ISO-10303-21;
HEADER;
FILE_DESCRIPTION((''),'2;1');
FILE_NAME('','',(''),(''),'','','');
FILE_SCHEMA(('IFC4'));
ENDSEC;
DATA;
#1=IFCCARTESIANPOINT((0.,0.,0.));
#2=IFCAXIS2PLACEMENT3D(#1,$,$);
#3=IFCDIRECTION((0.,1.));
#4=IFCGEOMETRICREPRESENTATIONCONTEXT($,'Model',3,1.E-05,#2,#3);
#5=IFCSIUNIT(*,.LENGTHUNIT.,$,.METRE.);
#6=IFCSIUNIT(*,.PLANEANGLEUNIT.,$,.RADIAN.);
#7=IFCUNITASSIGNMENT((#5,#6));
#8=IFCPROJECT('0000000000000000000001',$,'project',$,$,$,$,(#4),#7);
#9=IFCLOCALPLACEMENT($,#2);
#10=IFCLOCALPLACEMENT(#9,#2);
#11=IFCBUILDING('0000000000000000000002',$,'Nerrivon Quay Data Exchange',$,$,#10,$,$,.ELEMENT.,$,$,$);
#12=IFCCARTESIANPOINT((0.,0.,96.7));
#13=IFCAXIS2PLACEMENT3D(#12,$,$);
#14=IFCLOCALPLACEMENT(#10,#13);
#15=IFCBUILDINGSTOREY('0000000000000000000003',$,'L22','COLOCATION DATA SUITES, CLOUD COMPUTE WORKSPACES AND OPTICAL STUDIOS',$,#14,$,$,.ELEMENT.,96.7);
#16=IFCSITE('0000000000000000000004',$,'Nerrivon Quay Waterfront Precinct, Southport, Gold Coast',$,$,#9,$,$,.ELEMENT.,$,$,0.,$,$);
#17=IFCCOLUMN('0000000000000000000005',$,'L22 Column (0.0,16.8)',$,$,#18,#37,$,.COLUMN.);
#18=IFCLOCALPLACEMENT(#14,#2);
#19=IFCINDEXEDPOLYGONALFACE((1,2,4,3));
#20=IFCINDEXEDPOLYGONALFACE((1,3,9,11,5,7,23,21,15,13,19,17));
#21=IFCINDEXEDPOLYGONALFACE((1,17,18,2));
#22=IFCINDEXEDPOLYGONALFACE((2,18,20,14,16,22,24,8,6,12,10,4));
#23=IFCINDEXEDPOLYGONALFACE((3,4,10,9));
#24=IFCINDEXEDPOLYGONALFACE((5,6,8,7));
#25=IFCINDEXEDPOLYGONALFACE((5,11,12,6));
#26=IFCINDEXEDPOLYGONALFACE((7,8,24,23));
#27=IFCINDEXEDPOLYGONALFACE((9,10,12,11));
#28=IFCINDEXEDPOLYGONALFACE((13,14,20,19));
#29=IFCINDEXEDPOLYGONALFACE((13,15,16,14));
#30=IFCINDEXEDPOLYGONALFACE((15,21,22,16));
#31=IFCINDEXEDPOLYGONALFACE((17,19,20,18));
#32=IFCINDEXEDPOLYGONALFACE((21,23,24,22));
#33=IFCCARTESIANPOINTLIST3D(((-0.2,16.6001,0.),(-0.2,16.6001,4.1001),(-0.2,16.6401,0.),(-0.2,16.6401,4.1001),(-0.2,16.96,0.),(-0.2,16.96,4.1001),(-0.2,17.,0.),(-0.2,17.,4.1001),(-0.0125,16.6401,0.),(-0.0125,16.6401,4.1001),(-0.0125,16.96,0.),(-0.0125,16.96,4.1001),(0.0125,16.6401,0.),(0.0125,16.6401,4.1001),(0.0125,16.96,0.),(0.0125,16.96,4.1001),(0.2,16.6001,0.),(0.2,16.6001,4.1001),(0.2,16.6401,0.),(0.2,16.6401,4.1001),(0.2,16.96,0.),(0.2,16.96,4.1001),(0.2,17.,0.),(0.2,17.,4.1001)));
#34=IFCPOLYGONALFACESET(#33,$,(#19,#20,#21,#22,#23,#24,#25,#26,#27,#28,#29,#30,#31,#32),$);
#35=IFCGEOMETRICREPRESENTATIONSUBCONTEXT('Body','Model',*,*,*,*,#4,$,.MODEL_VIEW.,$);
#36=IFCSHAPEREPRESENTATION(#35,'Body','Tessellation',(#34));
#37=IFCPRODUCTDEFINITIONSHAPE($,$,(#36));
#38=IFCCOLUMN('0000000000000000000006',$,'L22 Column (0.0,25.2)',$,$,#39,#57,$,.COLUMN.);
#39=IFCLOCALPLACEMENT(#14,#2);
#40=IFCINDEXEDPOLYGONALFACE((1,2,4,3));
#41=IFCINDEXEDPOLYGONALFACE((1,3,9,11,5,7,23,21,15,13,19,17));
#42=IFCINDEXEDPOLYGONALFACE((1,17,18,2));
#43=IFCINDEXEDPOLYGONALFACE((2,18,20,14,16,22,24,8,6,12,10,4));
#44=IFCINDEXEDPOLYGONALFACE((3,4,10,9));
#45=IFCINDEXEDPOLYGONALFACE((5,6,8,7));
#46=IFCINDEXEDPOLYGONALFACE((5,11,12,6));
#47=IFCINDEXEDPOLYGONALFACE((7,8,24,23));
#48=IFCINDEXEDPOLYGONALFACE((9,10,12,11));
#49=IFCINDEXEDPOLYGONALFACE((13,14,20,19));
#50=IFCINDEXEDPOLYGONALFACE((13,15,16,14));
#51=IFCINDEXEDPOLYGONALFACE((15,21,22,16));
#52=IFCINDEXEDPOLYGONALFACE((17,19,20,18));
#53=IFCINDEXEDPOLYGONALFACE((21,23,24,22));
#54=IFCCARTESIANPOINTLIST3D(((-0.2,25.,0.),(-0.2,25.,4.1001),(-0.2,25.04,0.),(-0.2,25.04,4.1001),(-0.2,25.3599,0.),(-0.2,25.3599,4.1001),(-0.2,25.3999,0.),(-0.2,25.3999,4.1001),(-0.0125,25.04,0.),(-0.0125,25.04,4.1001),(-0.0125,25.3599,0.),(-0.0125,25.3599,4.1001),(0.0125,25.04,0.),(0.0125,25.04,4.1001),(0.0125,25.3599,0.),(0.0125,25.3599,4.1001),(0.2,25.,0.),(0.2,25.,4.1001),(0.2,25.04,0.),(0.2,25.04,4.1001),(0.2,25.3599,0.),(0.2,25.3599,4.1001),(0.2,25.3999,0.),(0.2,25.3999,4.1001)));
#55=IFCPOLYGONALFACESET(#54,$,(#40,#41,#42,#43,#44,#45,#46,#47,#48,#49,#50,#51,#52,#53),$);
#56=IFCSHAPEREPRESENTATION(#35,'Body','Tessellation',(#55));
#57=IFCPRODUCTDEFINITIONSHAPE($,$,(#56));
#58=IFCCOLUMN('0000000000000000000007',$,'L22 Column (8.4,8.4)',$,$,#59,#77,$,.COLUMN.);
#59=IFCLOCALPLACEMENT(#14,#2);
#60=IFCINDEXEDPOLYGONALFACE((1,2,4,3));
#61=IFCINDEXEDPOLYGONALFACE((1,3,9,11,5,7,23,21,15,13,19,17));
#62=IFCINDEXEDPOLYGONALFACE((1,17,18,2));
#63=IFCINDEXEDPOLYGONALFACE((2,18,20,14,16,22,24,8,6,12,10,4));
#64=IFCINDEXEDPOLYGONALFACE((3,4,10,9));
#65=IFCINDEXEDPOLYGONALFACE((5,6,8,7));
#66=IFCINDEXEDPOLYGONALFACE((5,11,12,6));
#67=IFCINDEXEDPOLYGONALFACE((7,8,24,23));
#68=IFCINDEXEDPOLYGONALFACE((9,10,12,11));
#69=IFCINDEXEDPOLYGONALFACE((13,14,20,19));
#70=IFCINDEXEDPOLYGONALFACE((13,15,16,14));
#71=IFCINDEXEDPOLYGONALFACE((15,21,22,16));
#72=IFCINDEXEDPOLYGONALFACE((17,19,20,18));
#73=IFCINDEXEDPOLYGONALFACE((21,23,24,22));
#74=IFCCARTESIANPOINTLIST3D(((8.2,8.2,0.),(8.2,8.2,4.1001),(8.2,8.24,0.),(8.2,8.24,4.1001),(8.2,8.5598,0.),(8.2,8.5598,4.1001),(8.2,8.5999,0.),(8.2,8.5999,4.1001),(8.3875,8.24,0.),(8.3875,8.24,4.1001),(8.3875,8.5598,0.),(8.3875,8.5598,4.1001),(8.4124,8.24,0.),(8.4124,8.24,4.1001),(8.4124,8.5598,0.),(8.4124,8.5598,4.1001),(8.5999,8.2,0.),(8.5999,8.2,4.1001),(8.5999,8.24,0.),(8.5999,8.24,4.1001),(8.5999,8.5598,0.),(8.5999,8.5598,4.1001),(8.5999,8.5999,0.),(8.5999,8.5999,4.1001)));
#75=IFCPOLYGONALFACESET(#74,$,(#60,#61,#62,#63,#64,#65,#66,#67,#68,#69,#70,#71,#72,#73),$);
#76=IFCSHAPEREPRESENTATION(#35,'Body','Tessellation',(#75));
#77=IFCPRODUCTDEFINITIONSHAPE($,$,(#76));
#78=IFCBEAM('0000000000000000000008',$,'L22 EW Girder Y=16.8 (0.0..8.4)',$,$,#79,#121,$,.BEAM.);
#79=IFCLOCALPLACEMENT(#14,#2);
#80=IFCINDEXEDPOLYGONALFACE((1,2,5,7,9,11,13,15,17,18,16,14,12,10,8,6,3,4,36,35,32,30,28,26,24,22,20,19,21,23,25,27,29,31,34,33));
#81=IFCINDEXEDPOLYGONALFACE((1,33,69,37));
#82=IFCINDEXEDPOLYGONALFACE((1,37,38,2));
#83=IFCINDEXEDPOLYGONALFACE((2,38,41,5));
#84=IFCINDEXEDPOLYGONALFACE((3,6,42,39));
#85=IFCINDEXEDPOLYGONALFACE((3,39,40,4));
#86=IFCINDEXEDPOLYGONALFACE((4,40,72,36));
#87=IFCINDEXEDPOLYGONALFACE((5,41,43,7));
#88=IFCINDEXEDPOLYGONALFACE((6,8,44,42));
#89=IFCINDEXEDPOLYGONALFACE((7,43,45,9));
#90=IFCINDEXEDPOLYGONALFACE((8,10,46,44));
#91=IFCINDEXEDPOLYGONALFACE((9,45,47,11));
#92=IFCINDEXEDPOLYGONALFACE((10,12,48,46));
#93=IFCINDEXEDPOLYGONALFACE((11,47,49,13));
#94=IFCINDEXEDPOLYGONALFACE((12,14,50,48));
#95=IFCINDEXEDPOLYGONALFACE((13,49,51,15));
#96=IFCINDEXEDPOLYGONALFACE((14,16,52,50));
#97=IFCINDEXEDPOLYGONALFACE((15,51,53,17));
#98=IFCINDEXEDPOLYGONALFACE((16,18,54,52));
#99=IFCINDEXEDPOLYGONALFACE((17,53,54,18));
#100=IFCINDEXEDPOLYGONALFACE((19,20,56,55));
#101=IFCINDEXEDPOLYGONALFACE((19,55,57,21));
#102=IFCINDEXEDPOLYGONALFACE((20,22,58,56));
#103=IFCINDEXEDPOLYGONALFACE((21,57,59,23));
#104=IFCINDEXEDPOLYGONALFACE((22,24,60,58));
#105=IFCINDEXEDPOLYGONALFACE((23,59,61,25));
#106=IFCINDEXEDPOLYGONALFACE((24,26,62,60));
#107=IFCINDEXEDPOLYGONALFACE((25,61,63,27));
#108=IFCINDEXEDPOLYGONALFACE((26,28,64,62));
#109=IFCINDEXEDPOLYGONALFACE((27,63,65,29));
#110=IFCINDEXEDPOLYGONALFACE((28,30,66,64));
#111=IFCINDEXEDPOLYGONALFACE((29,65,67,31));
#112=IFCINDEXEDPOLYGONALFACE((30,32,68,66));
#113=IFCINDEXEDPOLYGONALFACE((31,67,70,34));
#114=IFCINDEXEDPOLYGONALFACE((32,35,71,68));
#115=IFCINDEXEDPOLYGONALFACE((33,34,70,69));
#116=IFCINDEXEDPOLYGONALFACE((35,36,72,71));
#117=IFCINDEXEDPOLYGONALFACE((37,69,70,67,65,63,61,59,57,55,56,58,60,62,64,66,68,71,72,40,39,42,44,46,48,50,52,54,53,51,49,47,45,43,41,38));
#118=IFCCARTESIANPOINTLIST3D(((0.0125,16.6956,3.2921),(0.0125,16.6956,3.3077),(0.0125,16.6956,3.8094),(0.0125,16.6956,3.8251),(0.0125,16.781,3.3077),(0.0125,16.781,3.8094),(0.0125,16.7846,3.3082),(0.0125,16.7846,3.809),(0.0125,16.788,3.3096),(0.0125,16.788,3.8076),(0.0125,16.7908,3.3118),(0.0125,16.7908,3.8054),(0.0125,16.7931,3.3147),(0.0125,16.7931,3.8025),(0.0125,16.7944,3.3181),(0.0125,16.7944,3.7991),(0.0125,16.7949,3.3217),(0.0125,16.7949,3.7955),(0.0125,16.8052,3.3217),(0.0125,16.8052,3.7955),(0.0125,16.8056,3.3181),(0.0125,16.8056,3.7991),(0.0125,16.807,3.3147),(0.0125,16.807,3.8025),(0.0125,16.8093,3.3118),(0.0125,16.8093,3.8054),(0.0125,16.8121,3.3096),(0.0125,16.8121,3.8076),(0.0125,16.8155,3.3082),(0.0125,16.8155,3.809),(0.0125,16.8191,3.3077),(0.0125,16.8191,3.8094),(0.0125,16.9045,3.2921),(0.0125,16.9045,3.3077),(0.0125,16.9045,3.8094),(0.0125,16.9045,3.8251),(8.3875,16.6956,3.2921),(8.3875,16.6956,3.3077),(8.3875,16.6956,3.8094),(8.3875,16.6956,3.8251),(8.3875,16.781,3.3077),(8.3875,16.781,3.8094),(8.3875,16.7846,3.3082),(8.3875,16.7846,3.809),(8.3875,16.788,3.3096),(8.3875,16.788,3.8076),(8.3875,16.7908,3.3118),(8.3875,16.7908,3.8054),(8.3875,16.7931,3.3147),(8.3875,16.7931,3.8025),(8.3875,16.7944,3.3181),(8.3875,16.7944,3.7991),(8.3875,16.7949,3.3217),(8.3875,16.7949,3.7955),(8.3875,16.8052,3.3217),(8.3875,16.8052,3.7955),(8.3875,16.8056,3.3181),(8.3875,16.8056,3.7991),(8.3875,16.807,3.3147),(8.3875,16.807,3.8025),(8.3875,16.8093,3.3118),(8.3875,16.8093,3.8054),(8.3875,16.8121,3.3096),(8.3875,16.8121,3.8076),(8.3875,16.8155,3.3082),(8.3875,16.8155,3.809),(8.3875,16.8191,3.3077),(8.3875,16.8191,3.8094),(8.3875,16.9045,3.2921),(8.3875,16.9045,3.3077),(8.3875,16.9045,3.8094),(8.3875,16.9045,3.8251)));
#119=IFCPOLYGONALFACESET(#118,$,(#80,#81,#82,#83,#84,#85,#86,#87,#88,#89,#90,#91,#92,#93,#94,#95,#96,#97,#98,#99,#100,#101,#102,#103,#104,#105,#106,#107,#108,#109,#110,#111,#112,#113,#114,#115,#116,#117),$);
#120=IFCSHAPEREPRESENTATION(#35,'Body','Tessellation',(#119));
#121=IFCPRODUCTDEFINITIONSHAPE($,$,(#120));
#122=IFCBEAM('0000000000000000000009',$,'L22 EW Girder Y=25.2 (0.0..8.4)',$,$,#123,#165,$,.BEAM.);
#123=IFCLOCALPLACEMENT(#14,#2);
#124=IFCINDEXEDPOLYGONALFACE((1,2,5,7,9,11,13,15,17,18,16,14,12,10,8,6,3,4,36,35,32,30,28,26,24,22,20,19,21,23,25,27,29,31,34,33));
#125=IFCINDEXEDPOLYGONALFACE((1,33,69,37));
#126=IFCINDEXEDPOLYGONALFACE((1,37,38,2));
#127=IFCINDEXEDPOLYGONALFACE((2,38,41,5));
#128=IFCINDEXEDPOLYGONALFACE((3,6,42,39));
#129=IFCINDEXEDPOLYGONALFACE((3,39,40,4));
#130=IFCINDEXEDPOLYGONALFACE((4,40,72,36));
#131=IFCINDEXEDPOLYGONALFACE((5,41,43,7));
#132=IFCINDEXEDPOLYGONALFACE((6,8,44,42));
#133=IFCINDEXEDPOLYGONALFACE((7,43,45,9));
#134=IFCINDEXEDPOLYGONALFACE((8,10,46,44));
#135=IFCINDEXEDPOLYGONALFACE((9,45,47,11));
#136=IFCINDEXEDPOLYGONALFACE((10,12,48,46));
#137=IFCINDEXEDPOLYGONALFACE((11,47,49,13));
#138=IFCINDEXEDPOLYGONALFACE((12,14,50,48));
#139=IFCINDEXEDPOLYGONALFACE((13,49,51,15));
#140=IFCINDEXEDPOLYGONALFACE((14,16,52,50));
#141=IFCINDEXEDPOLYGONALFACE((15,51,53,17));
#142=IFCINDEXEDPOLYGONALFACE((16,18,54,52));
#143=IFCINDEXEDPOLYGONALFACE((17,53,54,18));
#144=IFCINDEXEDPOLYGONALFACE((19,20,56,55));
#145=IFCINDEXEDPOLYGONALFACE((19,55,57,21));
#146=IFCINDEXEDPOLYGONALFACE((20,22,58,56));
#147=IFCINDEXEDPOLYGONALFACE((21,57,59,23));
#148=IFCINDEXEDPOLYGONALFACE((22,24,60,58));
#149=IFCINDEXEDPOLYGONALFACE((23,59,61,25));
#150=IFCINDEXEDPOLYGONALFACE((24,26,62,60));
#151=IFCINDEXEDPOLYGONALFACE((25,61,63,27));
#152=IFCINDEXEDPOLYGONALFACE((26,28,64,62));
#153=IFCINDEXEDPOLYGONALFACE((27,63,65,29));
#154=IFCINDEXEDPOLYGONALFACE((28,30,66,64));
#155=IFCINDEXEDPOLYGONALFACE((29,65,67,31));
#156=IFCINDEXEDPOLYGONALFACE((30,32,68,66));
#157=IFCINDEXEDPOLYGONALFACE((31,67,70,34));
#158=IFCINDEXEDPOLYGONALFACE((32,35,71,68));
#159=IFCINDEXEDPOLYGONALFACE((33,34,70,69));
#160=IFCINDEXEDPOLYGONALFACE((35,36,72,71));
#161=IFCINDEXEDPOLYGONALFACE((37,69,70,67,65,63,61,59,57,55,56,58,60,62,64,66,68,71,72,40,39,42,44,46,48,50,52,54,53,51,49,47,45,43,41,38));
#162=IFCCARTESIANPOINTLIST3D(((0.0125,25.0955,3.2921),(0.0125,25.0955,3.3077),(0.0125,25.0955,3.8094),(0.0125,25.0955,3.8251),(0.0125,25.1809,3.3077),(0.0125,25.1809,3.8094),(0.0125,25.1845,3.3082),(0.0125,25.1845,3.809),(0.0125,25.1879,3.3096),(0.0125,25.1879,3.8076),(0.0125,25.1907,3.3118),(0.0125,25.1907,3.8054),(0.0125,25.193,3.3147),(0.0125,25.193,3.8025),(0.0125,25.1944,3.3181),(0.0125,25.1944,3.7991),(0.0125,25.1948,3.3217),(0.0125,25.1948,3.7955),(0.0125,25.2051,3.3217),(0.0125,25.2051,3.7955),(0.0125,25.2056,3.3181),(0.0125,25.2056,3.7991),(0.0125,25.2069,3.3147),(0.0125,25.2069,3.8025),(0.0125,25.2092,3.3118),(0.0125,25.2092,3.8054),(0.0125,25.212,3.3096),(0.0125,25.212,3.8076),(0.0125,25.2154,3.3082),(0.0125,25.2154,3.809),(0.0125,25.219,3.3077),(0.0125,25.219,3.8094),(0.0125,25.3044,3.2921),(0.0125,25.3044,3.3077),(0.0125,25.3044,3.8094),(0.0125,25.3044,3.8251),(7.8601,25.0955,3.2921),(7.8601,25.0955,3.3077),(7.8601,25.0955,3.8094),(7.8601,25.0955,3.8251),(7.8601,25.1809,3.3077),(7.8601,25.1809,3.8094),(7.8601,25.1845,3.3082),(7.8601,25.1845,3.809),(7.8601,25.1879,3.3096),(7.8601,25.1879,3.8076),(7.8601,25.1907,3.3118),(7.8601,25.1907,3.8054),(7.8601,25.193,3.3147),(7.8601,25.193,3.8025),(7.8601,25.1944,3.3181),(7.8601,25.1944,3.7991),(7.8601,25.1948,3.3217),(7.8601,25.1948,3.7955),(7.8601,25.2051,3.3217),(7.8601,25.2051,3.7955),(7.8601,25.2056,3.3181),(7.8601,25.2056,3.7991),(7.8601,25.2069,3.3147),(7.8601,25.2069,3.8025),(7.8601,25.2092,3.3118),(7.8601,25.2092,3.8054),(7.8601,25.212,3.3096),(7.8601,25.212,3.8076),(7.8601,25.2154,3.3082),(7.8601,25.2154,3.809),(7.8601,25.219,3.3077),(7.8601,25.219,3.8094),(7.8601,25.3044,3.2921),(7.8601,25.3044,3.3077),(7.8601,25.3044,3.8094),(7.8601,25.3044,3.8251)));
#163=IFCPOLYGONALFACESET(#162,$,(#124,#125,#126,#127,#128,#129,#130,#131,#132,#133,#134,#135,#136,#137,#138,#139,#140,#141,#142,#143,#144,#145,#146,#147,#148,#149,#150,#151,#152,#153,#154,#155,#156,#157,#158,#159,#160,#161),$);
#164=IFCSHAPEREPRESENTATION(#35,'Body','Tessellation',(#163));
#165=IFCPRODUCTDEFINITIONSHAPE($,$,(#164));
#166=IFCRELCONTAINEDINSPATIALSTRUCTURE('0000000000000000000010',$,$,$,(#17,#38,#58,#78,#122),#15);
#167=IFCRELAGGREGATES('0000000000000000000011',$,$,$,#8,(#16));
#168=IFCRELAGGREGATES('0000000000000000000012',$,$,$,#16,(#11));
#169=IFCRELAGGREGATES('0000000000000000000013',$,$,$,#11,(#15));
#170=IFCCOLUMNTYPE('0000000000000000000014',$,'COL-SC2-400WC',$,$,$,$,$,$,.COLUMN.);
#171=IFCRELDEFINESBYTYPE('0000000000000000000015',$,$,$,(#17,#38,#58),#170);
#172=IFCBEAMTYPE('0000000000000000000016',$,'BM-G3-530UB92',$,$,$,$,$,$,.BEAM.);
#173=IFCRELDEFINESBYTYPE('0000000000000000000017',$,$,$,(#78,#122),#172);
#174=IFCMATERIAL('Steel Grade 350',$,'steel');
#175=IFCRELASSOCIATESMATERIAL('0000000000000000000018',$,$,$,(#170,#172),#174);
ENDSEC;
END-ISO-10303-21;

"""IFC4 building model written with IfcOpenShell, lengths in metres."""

from ifc_helpers import new_model, si_unit, direction, frame, origin, origin_2d, place, context, subcontext, project, spatial, i_section, extrude, material, material_profile, profile_set, type_object, element, save


model = new_model("IFC4")

# Units and contexts
model_context = context("Model", 3, precision=1e-05, world=origin(), true_north=direction((0.0, 1.0)))
body_context = subcontext(model_context, "Body", "Model", "MODEL_VIEW")
ifc_project = project(units=[si_unit("LENGTHUNIT", "METRE"), si_unit("PLANEANGLEUNIT", "RADIAN")], contexts=[model_context])

# Site, building, storey
site_placement = place(None, origin())
site = spatial("IfcSite", under=ifc_project, at=site_placement, Name="Nerrivon Quay Waterfront Precinct, Southport, Gold Coast", CompositionType="ELEMENT", RefElevation=0.0)
building_placement = place(site_placement, origin())
building = spatial("IfcBuilding", under=site, at=building_placement, Name="Nerrivon Quay Data Exchange", CompositionType="ELEMENT")
storey_placement = place(building_placement, frame((0.0, 0.0, 96.7)))
storey = spatial("IfcBuildingStorey", under=building, at=storey_placement, Name="L22", Description="COLOCATION DATA SUITES, CLOUD COMPUTE WORKSPACES AND OPTICAL STUDIOS", CompositionType="ELEMENT", Elevation=96.7)

# Columns
ifc_material_1 = material(Name="Steel Grade 350", Category="steel")
ifc_material_profile_1 = material_profile(ifc_material_1, i_section(OverallWidth=0.3999, OverallDepth=0.3999, WebThickness=0.0249, FlangeThickness=0.04, at=origin_2d()), Name="400WC328")
ifc_profile_set_1 = profile_set([ifc_material_profile_1], Name="Steel Grade 350")
column_type = type_object("IfcColumnType", Name="COL-SC2-400WC", PredefinedType="COLUMN", material=ifc_profile_set_1)
for number, where, z_axis, x_axis, name in (
    (1, (0.0, 16.8, 0.0), (0.0, 0.0, 1.0), (1.0, 0.0, 0.0), "L22 Column (0.0,16.8)"),
    (2, (0.0, 25.2, 0.0), (0.0, 0.0, 1.0), (1.0, 0.0, 0.0), "L22 Column (0.0,25.2)"),
    (3, (8.3999, 8.3999, 0.0), (0.0, 0.0, 1.0), (1.0, 0.0, 0.0), "L22 Column (8.4,8.4)"),
):
    element("IfcColumn", number, at=place(storey_placement, frame(where, z_axis=z_axis, x_axis=x_axis)), inside=storey, type_object=column_type, Name=name, PredefinedType="COLUMN", context=body_context, shape_type="SweptSolid", body=[
        extrude(i_section(OverallWidth=0.3999, OverallDepth=0.3999, WebThickness=0.0249, FlangeThickness=0.04, at=origin_2d()), origin(), (0.0, 0.0, 1.0), 4.1001),
    ])

# Beams
ifc_material_profile_2 = material_profile(ifc_material_1, i_section(OverallWidth=0.209, OverallDepth=0.533, WebThickness=0.0103, FlangeThickness=0.0156, FilletRadius=0.0139, at=origin_2d()), Name="530UB92.4")
ifc_profile_set_2 = profile_set([ifc_material_profile_2], Name="Steel Grade 350")
beam_type_1 = type_object("IfcBeamType", Name="BM-G3-530UB92", PredefinedType="BEAM", material=ifc_profile_set_2)
beam_1_placement = place(storey_placement, frame((0.0125, 16.8, 3.5586), z_axis=(1.0, 0.0, 0.0), x_axis=(0.0, 1.0, 0.0)))
element("IfcBeam", 4, at=beam_1_placement, inside=storey, type_object=beam_type_1, Name="L22 EW Girder Y=16.8 (0.0..8.4)", PredefinedType="BEAM", context=body_context, shape_type="SweptSolid", body=[
    extrude(i_section(OverallWidth=0.209, OverallDepth=0.533, WebThickness=0.0103, FlangeThickness=0.0156, FilletRadius=0.0139, at=origin_2d()), origin(), (0.0, 0.0, 1.0), 8.375),
])
beam_2_placement = place(storey_placement, frame((0.0125, 25.2, 3.5586), z_axis=(1.0, 0.0, 0.0), x_axis=(0.0, 1.0, 0.0)))
element("IfcBeam", 5, at=beam_2_placement, inside=storey, type_object=beam_type_1, Name="L22 EW Girder Y=25.2 (0.0..8.4)", PredefinedType="BEAM", context=body_context, shape_type="SweptSolid", body=[
    extrude(i_section(OverallWidth=0.209, OverallDepth=0.533, WebThickness=0.0103, FlangeThickness=0.0156, FilletRadius=0.0139, at=origin_2d()), origin(), (0.0, 0.0, 1.0), 7.8477),
])

save(model, "model.ifc")
